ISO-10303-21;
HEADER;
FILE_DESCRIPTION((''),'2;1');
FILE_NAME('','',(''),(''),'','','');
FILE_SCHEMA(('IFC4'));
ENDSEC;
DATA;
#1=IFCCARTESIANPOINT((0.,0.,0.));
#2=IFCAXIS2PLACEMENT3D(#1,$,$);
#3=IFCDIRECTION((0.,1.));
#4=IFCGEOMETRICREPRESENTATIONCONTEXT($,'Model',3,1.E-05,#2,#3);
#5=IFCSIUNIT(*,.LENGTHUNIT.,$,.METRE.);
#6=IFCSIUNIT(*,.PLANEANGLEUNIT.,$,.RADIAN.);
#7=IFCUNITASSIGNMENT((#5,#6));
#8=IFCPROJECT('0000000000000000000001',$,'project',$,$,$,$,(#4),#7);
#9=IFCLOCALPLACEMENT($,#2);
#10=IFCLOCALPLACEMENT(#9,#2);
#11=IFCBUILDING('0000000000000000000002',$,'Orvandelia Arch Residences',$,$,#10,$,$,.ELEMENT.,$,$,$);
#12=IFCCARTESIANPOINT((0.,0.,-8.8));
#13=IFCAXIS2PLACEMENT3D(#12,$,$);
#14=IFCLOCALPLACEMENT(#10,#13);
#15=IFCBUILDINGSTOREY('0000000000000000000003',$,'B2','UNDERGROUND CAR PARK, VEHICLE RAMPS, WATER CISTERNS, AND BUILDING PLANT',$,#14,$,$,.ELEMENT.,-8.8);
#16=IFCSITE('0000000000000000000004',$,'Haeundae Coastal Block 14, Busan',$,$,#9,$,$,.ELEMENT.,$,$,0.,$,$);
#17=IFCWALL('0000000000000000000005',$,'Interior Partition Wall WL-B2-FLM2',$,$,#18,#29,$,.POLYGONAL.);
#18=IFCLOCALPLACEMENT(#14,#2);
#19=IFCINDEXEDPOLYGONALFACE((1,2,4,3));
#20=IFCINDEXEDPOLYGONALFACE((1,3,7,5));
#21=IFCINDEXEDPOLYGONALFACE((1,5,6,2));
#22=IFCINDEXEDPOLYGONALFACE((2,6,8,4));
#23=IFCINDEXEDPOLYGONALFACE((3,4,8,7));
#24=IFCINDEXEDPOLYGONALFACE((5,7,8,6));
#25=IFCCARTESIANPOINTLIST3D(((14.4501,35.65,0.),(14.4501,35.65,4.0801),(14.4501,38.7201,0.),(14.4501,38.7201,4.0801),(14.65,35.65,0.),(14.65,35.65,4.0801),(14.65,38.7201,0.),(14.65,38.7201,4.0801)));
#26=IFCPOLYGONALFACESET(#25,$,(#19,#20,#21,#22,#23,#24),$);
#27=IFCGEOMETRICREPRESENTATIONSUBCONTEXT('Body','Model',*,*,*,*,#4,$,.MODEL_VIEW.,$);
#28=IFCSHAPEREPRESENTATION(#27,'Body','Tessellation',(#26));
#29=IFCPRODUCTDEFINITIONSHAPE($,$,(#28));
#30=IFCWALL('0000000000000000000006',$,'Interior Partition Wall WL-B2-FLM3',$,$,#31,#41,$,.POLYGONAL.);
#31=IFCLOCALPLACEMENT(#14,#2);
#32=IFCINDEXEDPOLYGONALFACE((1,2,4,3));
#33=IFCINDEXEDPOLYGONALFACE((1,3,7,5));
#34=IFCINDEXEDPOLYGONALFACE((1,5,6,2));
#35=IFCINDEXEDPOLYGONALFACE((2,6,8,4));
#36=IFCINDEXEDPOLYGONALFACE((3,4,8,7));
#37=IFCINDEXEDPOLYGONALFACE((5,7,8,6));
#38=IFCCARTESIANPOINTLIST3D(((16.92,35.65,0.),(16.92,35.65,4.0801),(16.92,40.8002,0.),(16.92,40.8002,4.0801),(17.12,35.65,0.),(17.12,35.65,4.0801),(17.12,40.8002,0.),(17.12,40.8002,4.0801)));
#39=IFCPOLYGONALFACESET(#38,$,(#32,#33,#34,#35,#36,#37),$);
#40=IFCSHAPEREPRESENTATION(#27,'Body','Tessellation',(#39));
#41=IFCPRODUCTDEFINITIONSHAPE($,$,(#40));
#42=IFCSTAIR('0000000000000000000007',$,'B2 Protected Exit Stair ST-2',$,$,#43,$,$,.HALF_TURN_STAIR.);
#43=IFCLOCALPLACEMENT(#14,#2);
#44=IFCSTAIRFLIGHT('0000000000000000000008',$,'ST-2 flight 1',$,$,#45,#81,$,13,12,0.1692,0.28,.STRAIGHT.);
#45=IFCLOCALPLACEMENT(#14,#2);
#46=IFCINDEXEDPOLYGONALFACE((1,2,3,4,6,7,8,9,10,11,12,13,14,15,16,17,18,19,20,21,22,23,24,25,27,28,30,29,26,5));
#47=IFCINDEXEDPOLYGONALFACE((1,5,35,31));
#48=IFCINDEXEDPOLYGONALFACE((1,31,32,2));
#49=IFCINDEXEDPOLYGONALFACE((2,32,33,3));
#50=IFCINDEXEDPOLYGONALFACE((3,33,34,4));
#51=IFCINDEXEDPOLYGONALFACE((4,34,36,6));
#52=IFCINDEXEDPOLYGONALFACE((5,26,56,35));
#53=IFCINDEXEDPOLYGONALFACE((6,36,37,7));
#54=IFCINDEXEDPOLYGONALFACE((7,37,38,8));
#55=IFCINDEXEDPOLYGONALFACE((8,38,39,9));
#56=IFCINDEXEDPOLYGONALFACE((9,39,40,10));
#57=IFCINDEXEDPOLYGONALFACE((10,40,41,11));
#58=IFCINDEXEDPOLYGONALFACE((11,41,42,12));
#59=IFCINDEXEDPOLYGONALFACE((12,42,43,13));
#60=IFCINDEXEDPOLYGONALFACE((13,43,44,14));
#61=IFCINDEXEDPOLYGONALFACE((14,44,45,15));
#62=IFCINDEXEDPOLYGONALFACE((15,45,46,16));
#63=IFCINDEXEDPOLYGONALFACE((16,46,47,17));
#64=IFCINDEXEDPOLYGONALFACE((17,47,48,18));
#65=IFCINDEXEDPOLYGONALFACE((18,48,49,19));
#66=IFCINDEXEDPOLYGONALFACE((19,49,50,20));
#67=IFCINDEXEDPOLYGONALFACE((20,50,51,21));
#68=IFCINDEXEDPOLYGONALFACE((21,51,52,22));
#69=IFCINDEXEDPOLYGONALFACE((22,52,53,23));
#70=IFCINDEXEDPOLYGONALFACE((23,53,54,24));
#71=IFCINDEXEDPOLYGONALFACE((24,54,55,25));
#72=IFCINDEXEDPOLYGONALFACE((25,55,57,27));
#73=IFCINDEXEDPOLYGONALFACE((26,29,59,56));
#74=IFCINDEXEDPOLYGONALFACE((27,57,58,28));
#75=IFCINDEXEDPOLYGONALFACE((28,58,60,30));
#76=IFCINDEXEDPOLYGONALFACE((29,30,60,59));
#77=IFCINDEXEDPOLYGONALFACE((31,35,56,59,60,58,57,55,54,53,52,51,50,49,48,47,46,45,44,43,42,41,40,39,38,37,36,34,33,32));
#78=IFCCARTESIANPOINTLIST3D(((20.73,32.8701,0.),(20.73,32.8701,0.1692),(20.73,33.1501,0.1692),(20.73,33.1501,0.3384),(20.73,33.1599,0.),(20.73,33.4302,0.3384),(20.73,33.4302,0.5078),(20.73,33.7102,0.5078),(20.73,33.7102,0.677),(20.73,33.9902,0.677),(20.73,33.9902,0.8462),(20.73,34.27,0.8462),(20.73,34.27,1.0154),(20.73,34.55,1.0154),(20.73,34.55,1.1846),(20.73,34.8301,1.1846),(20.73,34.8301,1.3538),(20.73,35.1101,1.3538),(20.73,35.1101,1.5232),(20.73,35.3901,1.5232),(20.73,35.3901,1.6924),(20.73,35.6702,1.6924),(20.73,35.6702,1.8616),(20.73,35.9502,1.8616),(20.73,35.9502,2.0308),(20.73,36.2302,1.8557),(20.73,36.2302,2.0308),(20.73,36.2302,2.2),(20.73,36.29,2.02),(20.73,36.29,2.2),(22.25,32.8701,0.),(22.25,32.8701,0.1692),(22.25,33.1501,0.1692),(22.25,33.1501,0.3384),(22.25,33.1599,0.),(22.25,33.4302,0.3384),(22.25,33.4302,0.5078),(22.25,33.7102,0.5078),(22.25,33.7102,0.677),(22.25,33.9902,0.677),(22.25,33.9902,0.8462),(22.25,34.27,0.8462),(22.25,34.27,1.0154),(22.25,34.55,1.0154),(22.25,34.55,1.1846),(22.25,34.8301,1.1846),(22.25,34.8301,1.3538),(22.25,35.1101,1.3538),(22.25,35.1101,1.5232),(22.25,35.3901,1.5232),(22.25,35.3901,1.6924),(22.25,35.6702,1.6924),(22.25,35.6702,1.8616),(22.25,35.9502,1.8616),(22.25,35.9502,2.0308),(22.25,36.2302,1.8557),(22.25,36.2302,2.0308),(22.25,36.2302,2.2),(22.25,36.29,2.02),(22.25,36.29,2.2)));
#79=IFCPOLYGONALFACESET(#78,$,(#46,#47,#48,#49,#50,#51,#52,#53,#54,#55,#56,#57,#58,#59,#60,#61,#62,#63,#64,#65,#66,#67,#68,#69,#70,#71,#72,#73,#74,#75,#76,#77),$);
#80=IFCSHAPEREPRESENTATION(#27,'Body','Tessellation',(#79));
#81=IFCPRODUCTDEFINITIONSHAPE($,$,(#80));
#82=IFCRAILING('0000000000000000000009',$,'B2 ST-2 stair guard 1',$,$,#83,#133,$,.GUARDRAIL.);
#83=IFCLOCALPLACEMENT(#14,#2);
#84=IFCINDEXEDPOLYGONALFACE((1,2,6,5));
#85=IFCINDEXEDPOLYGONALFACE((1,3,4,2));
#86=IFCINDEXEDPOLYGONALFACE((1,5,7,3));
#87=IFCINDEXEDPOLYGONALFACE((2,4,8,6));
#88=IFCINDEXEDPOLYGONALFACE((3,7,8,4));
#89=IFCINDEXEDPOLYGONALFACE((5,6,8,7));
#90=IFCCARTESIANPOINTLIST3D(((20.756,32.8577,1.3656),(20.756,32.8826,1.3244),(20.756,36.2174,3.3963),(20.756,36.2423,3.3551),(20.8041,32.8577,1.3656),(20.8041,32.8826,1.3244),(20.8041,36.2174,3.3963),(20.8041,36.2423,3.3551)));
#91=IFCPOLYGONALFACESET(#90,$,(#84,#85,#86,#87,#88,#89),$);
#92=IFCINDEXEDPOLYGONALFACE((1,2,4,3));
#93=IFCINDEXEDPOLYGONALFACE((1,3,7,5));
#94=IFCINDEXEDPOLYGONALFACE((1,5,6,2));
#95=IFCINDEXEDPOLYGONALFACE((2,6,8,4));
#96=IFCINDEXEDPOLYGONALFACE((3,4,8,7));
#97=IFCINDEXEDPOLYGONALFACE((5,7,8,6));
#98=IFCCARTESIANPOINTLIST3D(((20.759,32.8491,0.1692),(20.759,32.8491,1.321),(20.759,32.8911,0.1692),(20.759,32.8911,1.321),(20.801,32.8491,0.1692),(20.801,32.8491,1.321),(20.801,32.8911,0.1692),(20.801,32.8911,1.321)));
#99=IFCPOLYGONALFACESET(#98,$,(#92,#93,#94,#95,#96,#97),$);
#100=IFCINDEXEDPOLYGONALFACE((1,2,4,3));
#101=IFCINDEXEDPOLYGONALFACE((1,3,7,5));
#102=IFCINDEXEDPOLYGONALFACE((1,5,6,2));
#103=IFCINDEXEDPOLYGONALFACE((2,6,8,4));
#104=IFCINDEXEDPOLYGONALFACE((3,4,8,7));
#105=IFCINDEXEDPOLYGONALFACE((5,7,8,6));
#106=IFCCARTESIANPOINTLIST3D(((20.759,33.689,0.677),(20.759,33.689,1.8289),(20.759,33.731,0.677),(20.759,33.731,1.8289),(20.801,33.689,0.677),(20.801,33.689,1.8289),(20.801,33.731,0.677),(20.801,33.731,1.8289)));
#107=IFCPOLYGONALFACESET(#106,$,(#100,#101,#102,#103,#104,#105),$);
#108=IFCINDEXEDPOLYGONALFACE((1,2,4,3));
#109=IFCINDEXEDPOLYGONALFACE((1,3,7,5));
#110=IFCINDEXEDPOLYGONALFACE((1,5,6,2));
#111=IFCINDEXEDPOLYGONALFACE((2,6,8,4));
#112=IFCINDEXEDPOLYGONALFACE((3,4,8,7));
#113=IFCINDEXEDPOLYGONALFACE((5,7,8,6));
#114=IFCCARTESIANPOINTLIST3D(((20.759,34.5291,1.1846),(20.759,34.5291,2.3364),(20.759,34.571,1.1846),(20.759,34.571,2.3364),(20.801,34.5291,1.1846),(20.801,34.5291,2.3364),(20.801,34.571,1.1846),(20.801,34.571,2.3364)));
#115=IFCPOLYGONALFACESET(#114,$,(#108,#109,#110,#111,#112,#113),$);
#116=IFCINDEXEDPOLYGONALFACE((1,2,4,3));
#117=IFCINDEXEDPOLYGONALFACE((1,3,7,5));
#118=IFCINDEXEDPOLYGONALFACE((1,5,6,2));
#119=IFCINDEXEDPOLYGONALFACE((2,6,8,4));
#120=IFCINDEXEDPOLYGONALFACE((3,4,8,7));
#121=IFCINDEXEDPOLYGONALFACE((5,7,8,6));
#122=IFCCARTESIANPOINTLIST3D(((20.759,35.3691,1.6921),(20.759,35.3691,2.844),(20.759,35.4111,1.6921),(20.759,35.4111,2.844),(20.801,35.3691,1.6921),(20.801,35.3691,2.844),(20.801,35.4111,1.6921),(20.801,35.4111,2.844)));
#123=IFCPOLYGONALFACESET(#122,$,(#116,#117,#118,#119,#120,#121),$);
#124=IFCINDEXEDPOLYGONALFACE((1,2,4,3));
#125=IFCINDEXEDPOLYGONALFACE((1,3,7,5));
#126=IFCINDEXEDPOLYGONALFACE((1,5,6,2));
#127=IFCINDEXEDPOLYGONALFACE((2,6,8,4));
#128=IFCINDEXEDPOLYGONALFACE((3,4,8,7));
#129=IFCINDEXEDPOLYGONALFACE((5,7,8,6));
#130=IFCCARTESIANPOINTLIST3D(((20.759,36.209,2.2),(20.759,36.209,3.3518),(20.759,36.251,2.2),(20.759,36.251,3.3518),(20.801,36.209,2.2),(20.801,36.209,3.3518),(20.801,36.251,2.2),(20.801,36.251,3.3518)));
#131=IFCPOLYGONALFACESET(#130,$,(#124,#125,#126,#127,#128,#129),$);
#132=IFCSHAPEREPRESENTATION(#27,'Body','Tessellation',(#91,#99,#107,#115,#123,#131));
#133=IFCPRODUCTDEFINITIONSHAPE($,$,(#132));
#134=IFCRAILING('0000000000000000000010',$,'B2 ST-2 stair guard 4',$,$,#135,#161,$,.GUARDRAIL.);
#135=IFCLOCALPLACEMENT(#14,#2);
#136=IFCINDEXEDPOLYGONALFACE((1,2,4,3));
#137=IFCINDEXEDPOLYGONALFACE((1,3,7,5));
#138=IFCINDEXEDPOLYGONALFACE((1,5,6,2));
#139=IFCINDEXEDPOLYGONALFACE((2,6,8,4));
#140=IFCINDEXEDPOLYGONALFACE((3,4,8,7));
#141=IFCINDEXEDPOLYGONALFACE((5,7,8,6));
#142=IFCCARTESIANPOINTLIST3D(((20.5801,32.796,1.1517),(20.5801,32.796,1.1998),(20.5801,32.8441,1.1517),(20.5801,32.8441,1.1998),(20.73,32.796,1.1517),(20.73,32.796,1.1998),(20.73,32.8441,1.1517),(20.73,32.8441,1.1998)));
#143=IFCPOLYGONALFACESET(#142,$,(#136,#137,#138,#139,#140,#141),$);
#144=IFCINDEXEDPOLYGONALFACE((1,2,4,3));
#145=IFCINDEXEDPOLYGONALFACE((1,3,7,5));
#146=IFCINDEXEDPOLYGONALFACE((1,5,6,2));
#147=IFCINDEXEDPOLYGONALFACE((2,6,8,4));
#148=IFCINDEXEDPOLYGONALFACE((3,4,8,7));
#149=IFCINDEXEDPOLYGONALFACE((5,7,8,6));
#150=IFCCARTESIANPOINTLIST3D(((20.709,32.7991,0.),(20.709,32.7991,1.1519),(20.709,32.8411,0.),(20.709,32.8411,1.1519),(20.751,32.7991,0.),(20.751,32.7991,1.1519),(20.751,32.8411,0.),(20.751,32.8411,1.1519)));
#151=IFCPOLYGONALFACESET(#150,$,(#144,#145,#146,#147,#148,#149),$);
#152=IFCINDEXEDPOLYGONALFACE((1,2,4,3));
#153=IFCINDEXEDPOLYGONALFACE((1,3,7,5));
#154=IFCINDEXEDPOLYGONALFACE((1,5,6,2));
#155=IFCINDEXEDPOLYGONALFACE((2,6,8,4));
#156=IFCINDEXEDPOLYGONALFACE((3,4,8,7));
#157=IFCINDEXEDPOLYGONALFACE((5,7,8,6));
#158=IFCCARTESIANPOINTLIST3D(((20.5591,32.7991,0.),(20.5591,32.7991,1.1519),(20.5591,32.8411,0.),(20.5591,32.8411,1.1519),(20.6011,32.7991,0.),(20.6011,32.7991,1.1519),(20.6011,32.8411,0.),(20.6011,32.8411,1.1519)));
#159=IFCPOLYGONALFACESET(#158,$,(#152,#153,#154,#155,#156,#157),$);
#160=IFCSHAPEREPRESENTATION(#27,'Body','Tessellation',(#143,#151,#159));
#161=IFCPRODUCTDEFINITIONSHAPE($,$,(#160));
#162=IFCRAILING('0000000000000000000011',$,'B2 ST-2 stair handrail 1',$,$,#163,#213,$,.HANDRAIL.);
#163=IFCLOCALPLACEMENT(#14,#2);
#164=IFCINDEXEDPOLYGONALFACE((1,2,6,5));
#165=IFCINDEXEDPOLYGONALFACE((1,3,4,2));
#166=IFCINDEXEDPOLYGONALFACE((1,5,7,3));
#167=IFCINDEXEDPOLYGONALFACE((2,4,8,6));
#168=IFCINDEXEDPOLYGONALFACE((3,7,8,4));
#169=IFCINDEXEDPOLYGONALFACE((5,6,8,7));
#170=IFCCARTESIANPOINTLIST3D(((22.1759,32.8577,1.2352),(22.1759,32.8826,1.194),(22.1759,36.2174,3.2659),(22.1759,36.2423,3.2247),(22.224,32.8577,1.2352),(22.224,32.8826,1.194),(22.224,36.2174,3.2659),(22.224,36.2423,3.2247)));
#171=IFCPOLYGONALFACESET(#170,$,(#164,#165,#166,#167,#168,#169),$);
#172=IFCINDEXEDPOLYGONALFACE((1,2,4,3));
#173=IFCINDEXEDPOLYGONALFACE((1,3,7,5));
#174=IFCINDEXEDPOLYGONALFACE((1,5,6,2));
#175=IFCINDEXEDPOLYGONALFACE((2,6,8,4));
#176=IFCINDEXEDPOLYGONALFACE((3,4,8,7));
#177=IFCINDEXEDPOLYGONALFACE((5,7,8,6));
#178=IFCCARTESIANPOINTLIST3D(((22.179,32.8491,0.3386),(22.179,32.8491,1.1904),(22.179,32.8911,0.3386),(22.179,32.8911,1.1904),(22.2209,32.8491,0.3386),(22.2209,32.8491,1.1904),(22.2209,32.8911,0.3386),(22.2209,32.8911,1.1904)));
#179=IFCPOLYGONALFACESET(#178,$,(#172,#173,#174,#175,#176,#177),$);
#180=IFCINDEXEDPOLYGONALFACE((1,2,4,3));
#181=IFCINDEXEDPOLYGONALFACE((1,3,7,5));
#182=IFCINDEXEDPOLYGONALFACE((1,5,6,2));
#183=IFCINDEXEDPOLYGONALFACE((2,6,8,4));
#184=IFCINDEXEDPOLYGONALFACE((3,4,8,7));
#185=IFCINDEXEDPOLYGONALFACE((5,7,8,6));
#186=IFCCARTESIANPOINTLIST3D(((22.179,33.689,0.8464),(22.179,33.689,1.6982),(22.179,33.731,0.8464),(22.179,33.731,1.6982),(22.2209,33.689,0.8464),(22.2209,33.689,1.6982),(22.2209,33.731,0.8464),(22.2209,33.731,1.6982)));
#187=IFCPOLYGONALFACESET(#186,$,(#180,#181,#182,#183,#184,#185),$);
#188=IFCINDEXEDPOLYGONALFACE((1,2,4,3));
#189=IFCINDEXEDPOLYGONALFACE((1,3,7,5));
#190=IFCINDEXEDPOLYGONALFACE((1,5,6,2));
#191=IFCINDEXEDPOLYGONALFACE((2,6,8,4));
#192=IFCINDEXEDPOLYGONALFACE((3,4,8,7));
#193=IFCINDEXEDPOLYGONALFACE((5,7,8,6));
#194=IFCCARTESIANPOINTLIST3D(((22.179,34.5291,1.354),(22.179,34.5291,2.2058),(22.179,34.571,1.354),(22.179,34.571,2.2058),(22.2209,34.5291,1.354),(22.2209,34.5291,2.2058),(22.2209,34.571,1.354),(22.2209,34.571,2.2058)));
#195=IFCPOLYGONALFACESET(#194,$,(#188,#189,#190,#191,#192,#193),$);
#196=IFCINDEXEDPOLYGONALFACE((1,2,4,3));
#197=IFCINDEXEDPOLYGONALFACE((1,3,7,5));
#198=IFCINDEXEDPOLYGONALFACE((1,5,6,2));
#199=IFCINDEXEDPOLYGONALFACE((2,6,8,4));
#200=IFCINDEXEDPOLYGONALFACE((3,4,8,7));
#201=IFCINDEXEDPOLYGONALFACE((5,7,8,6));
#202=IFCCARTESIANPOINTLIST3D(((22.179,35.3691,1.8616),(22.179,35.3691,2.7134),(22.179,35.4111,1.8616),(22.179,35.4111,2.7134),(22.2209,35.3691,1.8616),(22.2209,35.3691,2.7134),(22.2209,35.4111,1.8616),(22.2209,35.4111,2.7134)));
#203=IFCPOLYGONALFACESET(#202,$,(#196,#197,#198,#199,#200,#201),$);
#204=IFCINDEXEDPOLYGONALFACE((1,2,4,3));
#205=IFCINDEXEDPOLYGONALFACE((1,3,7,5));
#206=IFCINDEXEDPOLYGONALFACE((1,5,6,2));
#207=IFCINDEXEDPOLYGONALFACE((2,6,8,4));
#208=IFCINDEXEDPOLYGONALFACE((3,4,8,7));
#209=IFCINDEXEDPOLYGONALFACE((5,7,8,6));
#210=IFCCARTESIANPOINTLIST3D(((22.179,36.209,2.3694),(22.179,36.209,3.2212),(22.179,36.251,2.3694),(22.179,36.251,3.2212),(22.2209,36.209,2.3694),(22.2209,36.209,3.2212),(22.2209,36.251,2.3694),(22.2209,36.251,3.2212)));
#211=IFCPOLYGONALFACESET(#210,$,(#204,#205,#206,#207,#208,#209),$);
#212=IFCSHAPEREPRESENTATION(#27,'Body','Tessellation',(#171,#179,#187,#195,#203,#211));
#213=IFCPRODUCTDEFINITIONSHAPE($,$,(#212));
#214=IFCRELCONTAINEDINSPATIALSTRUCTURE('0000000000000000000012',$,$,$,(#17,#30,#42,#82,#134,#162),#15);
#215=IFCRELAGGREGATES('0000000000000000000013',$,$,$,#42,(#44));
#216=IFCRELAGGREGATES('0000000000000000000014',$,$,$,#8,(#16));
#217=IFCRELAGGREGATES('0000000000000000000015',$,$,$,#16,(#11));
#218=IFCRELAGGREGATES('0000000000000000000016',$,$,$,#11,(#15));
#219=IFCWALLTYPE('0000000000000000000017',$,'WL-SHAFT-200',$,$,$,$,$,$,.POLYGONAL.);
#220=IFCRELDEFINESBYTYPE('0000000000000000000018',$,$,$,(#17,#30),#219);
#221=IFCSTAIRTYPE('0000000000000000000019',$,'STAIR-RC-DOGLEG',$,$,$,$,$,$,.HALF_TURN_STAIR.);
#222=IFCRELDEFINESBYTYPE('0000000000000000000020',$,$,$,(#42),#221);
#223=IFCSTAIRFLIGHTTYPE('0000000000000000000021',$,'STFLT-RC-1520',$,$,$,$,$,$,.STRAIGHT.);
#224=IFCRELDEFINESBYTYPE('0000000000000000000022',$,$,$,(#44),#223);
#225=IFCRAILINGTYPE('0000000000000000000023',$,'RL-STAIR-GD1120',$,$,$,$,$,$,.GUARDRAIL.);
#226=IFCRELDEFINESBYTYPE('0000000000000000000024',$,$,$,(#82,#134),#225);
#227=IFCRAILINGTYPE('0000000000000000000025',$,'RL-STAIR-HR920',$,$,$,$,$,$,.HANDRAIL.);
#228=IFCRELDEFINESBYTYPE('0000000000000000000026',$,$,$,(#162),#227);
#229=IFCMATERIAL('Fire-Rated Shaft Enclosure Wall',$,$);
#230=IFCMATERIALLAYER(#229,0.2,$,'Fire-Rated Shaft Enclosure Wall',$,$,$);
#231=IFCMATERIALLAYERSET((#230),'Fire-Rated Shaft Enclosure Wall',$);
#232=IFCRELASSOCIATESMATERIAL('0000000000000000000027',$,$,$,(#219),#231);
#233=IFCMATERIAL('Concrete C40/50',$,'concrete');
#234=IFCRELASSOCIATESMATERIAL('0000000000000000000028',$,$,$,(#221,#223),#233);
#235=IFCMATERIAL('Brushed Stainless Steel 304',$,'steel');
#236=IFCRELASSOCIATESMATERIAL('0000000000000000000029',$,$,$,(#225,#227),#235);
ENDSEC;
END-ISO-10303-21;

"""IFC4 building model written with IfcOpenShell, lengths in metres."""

from ifc_helpers import new_model, si_unit, direction, frame, frame_2d, origin, origin_2d, place, context, subcontext, project, spatial, polyline, rectangle, outline, extrude, material, layer, layer_set, type_object, element, aggregate, save


model = new_model("IFC4")

# Units and contexts
model_context = context("Model", 3, precision=1e-05, world=origin(), true_north=direction((0.0, 1.0)))
body_context = subcontext(model_context, "Body", "Model", "MODEL_VIEW")
ifc_project = project(units=[si_unit("LENGTHUNIT", "METRE"), si_unit("PLANEANGLEUNIT", "RADIAN")], contexts=[model_context])

# Site, building, storey
site_placement = place(None, origin())
site = spatial("IfcSite", under=ifc_project, at=site_placement, Name="Haeundae Coastal Block 14, Busan", CompositionType="ELEMENT", RefElevation=0.0)
building_placement = place(site_placement, origin())
building = spatial("IfcBuilding", under=site, at=building_placement, Name="Orvandelia Arch Residences", CompositionType="ELEMENT")
storey_placement = place(building_placement, frame((0.0, 0.0, -8.8)))
storey = spatial("IfcBuildingStorey", under=building, at=storey_placement, Name="B2", Description="UNDERGROUND CAR PARK, VEHICLE RAMPS, WATER CISTERNS, AND BUILDING PLANT", CompositionType="ELEMENT", Elevation=-8.8)

# Walls
ifc_material_1 = material(Name="Fire-Rated Shaft Enclosure Wall")
ifc_layer_1 = layer(ifc_material_1, 0.2, Name="Fire-Rated Shaft Enclosure Wall")
ifc_layer_set_1 = layer_set([ifc_layer_1], Name="Fire-Rated Shaft Enclosure Wall")
wall_type_1 = type_object("IfcWallType", Name="WL-SHAFT-200", PredefinedType="POLYGONAL", material=ifc_layer_set_1)
for number, where, z_axis, x_axis, name in (
    (1, (14.55, 35.6499, 0.0), (0.0, 0.0, 1.0), (0.0, 1.0, 0.0), "Interior Partition Wall WL-B2-FLM2"),
):
    element("IfcWall", number, at=place(storey_placement, frame(where, z_axis=z_axis, x_axis=x_axis)), inside=storey, type_object=wall_type_1, Name=name, PredefinedType="POLYGONAL", context=body_context, shape_type="SweptSolid", body=[
        extrude(rectangle(XDim=3.0701, YDim=0.2, at=frame_2d((1.5352, 0.0))), origin(), (0.0, 0.0, 1.0), 4.0801),
    ])
wall_1_placement = place(storey_placement, frame((17.02, 35.6499, 0.0), z_axis=(0.0, 0.0, 1.0), x_axis=(0.0, 1.0, 0.0)))
element("IfcWall", 2, at=wall_1_placement, inside=storey, type_object=wall_type_1, Name="Interior Partition Wall WL-B2-FLM3", PredefinedType="POLYGONAL", context=body_context, shape_type="SweptSolid", body=[
    extrude(rectangle(XDim=5.1501, YDim=0.2, at=frame_2d((2.5752, 0.0))), origin(), (0.0, 0.0, 1.0), 4.0801),
])

# Stair, stair flight
ifc_material_2 = material(Name="Concrete C40/50", Category="concrete")
stair_type = type_object("IfcStairType", Name="STAIR-RC-DOGLEG", PredefinedType="HALF_TURN_STAIR", material=ifc_material_2)
stair_placement = place(storey_placement, origin())
stair = element("IfcStair", 3, at=stair_placement, inside=storey, type_object=stair_type, Name="B2 Protected Exit Stair ST-2", PredefinedType="HALF_TURN_STAIR")
stair_flight_type = type_object("IfcStairFlightType", Name="STFLT-RC-1520", PredefinedType="STRAIGHT", material=ifc_material_2)
stair_flight_placement = place(storey_placement, frame((21.49, 32.8701, 0.0), z_axis=(0.0, 0.0, 1.0), x_axis=(0.0, 1.0, 0.0)))
stair_flight = element("IfcStairFlight", 4, at=stair_flight_placement, type_object=stair_flight_type, Name="ST-2 flight 1", NumberOfRisers=13, NumberOfTreads=12, PredefinedType="STRAIGHT", RiserHeight=0.1692, TreadLength=0.28, context=body_context, shape_type="SweptSolid", body=[
    extrude(outline(polyline([(0.0, 0.0), (0.0, 0.1692), (0.28, 0.1692), (0.28, 0.3384), (0.5601, 0.3384), (0.5601, 0.5078), (0.8401, 0.5078), (0.8401, 0.677), (1.1201, 0.677), (1.1201, 0.8462), (1.3999, 0.8462), (1.3999, 1.0154), (1.6799, 1.0154), (1.6799, 1.1846), (1.96, 1.1846), (1.96, 1.3538), (2.24, 1.3538), (2.24, 1.5232), (2.52, 1.5232), (2.52, 1.6924), (2.8, 1.6924), (2.8, 1.8616), (3.0801, 1.8616), (3.0801, 2.0308), (3.3601, 2.0308), (3.3601, 2.2), (3.4199, 2.2), (3.4199, 2.02), (3.3601, 1.8557), (0.2898, 0.0), (0.0, 0.0)])), frame((0.0, 0.76, 0.0), z_axis=(0.0, -1.0, 0.0), x_axis=(1.0, 0.0, 0.0)), (0.0, 0.0, 1.0), 1.52),
])
aggregate(stair, [stair_flight])

# Railings
ifc_material_3 = material(Name="Brushed Stainless Steel 304", Category="steel")
railing_type_1 = type_object("IfcRailingType", Name="RL-STAIR-GD1120", PredefinedType="GUARDRAIL", material=ifc_material_3)
railing_1_placement = place(storey_placement, frame((20.78, 32.8701, 0.1692)))
element("IfcRailing", 5, at=railing_1_placement, inside=storey, type_object=railing_type_1, Name="B2 ST-2 stair guard 1", PredefinedType="GUARDRAIL", context=body_context, shape_type="SweptSolid", body=[
    extrude(rectangle(XDim=0.0481, YDim=0.0481, at=origin_2d()), frame((0.0, 0.0, 1.1758), z_axis=(0.0, 0.85582, 0.517273), x_axis=(-1.0, 0.0, 0.0)), (0.0, 0.0, 1.0), 3.9258),
    extrude(rectangle(XDim=0.042, YDim=0.042, at=origin_2d()), origin(), (0.0, 0.0, 1.0), 1.1519),
    extrude(rectangle(XDim=0.042, YDim=0.042, at=origin_2d()), frame((0.0, 0.8398, 0.5078)), (0.0, 0.0, 1.0), 1.1519),
    extrude(rectangle(XDim=0.042, YDim=0.042, at=origin_2d()), frame((0.0, 1.6799, 1.0154)), (0.0, 0.0, 1.0), 1.1519),
    extrude(rectangle(XDim=0.042, YDim=0.042, at=origin_2d()), frame((0.0, 2.52, 1.5229)), (0.0, 0.0, 1.0), 1.1519),
    extrude(rectangle(XDim=0.042, YDim=0.042, at=origin_2d()), frame((0.0, 3.3599, 2.0308)), (0.0, 0.0, 1.0), 1.1519),
])
railing_2_placement = place(storey_placement, frame((20.73, 32.8201, 0.0)))
element("IfcRailing", 6, at=railing_2_placement, inside=storey, type_object=railing_type_1, Name="B2 ST-2 stair guard 4", PredefinedType="GUARDRAIL", context=body_context, shape_type="SweptSolid", body=[
    extrude(rectangle(XDim=0.0481, YDim=0.0481, at=origin_2d()), frame((0.0, 0.0, 1.1758), z_axis=(-1.0, 0.0, 0.0), x_axis=(0.0, -1.0, 0.0)), (0.0, 0.0, 1.0), 0.1499),
    extrude(rectangle(XDim=0.042, YDim=0.042, at=origin_2d()), origin(), (0.0, 0.0, 1.0), 1.1519),
    extrude(rectangle(XDim=0.042, YDim=0.042, at=origin_2d()), frame((-0.1499, 0.0, 0.0)), (0.0, 0.0, 1.0), 1.1519),
])
railing_type_2 = type_object("IfcRailingType", Name="RL-STAIR-HR920", PredefinedType="HANDRAIL", material=ifc_material_3)
railing_3_placement = place(storey_placement, frame((22.2, 32.8701, 0.3386)))
element("IfcRailing", 7, at=railing_3_placement, inside=storey, type_object=railing_type_2, Name="B2 ST-2 stair handrail 1", PredefinedType="HANDRAIL", context=body_context, shape_type="SweptSolid", body=[
    extrude(rectangle(XDim=0.0481, YDim=0.0481, at=origin_2d()), frame((0.0, 0.0, 0.876), z_axis=(0.0, 0.85582, 0.517273), x_axis=(-1.0, 0.0, 0.0)), (0.0, 0.0, 1.0), 3.9258),
    extrude(rectangle(XDim=0.042, YDim=0.042, at=origin_2d()), origin(), (0.0, 0.0, 1.0), 0.8518),
    extrude(rectangle(XDim=0.042, YDim=0.042, at=origin_2d()), frame((0.0, 0.8398, 0.5078)), (0.0, 0.0, 1.0), 0.8518),
    extrude(rectangle(XDim=0.042, YDim=0.042, at=origin_2d()), frame((0.0, 1.6799, 1.0154)), (0.0, 0.0, 1.0), 0.8518),
    extrude(rectangle(XDim=0.042, YDim=0.042, at=origin_2d()), frame((0.0, 2.52, 1.5229)), (0.0, 0.0, 1.0), 0.8518),
    extrude(rectangle(XDim=0.042, YDim=0.042, at=origin_2d()), frame((0.0, 3.3599, 2.0308)), (0.0, 0.0, 1.0), 0.8518),
])

save(model, "model.ifc")
